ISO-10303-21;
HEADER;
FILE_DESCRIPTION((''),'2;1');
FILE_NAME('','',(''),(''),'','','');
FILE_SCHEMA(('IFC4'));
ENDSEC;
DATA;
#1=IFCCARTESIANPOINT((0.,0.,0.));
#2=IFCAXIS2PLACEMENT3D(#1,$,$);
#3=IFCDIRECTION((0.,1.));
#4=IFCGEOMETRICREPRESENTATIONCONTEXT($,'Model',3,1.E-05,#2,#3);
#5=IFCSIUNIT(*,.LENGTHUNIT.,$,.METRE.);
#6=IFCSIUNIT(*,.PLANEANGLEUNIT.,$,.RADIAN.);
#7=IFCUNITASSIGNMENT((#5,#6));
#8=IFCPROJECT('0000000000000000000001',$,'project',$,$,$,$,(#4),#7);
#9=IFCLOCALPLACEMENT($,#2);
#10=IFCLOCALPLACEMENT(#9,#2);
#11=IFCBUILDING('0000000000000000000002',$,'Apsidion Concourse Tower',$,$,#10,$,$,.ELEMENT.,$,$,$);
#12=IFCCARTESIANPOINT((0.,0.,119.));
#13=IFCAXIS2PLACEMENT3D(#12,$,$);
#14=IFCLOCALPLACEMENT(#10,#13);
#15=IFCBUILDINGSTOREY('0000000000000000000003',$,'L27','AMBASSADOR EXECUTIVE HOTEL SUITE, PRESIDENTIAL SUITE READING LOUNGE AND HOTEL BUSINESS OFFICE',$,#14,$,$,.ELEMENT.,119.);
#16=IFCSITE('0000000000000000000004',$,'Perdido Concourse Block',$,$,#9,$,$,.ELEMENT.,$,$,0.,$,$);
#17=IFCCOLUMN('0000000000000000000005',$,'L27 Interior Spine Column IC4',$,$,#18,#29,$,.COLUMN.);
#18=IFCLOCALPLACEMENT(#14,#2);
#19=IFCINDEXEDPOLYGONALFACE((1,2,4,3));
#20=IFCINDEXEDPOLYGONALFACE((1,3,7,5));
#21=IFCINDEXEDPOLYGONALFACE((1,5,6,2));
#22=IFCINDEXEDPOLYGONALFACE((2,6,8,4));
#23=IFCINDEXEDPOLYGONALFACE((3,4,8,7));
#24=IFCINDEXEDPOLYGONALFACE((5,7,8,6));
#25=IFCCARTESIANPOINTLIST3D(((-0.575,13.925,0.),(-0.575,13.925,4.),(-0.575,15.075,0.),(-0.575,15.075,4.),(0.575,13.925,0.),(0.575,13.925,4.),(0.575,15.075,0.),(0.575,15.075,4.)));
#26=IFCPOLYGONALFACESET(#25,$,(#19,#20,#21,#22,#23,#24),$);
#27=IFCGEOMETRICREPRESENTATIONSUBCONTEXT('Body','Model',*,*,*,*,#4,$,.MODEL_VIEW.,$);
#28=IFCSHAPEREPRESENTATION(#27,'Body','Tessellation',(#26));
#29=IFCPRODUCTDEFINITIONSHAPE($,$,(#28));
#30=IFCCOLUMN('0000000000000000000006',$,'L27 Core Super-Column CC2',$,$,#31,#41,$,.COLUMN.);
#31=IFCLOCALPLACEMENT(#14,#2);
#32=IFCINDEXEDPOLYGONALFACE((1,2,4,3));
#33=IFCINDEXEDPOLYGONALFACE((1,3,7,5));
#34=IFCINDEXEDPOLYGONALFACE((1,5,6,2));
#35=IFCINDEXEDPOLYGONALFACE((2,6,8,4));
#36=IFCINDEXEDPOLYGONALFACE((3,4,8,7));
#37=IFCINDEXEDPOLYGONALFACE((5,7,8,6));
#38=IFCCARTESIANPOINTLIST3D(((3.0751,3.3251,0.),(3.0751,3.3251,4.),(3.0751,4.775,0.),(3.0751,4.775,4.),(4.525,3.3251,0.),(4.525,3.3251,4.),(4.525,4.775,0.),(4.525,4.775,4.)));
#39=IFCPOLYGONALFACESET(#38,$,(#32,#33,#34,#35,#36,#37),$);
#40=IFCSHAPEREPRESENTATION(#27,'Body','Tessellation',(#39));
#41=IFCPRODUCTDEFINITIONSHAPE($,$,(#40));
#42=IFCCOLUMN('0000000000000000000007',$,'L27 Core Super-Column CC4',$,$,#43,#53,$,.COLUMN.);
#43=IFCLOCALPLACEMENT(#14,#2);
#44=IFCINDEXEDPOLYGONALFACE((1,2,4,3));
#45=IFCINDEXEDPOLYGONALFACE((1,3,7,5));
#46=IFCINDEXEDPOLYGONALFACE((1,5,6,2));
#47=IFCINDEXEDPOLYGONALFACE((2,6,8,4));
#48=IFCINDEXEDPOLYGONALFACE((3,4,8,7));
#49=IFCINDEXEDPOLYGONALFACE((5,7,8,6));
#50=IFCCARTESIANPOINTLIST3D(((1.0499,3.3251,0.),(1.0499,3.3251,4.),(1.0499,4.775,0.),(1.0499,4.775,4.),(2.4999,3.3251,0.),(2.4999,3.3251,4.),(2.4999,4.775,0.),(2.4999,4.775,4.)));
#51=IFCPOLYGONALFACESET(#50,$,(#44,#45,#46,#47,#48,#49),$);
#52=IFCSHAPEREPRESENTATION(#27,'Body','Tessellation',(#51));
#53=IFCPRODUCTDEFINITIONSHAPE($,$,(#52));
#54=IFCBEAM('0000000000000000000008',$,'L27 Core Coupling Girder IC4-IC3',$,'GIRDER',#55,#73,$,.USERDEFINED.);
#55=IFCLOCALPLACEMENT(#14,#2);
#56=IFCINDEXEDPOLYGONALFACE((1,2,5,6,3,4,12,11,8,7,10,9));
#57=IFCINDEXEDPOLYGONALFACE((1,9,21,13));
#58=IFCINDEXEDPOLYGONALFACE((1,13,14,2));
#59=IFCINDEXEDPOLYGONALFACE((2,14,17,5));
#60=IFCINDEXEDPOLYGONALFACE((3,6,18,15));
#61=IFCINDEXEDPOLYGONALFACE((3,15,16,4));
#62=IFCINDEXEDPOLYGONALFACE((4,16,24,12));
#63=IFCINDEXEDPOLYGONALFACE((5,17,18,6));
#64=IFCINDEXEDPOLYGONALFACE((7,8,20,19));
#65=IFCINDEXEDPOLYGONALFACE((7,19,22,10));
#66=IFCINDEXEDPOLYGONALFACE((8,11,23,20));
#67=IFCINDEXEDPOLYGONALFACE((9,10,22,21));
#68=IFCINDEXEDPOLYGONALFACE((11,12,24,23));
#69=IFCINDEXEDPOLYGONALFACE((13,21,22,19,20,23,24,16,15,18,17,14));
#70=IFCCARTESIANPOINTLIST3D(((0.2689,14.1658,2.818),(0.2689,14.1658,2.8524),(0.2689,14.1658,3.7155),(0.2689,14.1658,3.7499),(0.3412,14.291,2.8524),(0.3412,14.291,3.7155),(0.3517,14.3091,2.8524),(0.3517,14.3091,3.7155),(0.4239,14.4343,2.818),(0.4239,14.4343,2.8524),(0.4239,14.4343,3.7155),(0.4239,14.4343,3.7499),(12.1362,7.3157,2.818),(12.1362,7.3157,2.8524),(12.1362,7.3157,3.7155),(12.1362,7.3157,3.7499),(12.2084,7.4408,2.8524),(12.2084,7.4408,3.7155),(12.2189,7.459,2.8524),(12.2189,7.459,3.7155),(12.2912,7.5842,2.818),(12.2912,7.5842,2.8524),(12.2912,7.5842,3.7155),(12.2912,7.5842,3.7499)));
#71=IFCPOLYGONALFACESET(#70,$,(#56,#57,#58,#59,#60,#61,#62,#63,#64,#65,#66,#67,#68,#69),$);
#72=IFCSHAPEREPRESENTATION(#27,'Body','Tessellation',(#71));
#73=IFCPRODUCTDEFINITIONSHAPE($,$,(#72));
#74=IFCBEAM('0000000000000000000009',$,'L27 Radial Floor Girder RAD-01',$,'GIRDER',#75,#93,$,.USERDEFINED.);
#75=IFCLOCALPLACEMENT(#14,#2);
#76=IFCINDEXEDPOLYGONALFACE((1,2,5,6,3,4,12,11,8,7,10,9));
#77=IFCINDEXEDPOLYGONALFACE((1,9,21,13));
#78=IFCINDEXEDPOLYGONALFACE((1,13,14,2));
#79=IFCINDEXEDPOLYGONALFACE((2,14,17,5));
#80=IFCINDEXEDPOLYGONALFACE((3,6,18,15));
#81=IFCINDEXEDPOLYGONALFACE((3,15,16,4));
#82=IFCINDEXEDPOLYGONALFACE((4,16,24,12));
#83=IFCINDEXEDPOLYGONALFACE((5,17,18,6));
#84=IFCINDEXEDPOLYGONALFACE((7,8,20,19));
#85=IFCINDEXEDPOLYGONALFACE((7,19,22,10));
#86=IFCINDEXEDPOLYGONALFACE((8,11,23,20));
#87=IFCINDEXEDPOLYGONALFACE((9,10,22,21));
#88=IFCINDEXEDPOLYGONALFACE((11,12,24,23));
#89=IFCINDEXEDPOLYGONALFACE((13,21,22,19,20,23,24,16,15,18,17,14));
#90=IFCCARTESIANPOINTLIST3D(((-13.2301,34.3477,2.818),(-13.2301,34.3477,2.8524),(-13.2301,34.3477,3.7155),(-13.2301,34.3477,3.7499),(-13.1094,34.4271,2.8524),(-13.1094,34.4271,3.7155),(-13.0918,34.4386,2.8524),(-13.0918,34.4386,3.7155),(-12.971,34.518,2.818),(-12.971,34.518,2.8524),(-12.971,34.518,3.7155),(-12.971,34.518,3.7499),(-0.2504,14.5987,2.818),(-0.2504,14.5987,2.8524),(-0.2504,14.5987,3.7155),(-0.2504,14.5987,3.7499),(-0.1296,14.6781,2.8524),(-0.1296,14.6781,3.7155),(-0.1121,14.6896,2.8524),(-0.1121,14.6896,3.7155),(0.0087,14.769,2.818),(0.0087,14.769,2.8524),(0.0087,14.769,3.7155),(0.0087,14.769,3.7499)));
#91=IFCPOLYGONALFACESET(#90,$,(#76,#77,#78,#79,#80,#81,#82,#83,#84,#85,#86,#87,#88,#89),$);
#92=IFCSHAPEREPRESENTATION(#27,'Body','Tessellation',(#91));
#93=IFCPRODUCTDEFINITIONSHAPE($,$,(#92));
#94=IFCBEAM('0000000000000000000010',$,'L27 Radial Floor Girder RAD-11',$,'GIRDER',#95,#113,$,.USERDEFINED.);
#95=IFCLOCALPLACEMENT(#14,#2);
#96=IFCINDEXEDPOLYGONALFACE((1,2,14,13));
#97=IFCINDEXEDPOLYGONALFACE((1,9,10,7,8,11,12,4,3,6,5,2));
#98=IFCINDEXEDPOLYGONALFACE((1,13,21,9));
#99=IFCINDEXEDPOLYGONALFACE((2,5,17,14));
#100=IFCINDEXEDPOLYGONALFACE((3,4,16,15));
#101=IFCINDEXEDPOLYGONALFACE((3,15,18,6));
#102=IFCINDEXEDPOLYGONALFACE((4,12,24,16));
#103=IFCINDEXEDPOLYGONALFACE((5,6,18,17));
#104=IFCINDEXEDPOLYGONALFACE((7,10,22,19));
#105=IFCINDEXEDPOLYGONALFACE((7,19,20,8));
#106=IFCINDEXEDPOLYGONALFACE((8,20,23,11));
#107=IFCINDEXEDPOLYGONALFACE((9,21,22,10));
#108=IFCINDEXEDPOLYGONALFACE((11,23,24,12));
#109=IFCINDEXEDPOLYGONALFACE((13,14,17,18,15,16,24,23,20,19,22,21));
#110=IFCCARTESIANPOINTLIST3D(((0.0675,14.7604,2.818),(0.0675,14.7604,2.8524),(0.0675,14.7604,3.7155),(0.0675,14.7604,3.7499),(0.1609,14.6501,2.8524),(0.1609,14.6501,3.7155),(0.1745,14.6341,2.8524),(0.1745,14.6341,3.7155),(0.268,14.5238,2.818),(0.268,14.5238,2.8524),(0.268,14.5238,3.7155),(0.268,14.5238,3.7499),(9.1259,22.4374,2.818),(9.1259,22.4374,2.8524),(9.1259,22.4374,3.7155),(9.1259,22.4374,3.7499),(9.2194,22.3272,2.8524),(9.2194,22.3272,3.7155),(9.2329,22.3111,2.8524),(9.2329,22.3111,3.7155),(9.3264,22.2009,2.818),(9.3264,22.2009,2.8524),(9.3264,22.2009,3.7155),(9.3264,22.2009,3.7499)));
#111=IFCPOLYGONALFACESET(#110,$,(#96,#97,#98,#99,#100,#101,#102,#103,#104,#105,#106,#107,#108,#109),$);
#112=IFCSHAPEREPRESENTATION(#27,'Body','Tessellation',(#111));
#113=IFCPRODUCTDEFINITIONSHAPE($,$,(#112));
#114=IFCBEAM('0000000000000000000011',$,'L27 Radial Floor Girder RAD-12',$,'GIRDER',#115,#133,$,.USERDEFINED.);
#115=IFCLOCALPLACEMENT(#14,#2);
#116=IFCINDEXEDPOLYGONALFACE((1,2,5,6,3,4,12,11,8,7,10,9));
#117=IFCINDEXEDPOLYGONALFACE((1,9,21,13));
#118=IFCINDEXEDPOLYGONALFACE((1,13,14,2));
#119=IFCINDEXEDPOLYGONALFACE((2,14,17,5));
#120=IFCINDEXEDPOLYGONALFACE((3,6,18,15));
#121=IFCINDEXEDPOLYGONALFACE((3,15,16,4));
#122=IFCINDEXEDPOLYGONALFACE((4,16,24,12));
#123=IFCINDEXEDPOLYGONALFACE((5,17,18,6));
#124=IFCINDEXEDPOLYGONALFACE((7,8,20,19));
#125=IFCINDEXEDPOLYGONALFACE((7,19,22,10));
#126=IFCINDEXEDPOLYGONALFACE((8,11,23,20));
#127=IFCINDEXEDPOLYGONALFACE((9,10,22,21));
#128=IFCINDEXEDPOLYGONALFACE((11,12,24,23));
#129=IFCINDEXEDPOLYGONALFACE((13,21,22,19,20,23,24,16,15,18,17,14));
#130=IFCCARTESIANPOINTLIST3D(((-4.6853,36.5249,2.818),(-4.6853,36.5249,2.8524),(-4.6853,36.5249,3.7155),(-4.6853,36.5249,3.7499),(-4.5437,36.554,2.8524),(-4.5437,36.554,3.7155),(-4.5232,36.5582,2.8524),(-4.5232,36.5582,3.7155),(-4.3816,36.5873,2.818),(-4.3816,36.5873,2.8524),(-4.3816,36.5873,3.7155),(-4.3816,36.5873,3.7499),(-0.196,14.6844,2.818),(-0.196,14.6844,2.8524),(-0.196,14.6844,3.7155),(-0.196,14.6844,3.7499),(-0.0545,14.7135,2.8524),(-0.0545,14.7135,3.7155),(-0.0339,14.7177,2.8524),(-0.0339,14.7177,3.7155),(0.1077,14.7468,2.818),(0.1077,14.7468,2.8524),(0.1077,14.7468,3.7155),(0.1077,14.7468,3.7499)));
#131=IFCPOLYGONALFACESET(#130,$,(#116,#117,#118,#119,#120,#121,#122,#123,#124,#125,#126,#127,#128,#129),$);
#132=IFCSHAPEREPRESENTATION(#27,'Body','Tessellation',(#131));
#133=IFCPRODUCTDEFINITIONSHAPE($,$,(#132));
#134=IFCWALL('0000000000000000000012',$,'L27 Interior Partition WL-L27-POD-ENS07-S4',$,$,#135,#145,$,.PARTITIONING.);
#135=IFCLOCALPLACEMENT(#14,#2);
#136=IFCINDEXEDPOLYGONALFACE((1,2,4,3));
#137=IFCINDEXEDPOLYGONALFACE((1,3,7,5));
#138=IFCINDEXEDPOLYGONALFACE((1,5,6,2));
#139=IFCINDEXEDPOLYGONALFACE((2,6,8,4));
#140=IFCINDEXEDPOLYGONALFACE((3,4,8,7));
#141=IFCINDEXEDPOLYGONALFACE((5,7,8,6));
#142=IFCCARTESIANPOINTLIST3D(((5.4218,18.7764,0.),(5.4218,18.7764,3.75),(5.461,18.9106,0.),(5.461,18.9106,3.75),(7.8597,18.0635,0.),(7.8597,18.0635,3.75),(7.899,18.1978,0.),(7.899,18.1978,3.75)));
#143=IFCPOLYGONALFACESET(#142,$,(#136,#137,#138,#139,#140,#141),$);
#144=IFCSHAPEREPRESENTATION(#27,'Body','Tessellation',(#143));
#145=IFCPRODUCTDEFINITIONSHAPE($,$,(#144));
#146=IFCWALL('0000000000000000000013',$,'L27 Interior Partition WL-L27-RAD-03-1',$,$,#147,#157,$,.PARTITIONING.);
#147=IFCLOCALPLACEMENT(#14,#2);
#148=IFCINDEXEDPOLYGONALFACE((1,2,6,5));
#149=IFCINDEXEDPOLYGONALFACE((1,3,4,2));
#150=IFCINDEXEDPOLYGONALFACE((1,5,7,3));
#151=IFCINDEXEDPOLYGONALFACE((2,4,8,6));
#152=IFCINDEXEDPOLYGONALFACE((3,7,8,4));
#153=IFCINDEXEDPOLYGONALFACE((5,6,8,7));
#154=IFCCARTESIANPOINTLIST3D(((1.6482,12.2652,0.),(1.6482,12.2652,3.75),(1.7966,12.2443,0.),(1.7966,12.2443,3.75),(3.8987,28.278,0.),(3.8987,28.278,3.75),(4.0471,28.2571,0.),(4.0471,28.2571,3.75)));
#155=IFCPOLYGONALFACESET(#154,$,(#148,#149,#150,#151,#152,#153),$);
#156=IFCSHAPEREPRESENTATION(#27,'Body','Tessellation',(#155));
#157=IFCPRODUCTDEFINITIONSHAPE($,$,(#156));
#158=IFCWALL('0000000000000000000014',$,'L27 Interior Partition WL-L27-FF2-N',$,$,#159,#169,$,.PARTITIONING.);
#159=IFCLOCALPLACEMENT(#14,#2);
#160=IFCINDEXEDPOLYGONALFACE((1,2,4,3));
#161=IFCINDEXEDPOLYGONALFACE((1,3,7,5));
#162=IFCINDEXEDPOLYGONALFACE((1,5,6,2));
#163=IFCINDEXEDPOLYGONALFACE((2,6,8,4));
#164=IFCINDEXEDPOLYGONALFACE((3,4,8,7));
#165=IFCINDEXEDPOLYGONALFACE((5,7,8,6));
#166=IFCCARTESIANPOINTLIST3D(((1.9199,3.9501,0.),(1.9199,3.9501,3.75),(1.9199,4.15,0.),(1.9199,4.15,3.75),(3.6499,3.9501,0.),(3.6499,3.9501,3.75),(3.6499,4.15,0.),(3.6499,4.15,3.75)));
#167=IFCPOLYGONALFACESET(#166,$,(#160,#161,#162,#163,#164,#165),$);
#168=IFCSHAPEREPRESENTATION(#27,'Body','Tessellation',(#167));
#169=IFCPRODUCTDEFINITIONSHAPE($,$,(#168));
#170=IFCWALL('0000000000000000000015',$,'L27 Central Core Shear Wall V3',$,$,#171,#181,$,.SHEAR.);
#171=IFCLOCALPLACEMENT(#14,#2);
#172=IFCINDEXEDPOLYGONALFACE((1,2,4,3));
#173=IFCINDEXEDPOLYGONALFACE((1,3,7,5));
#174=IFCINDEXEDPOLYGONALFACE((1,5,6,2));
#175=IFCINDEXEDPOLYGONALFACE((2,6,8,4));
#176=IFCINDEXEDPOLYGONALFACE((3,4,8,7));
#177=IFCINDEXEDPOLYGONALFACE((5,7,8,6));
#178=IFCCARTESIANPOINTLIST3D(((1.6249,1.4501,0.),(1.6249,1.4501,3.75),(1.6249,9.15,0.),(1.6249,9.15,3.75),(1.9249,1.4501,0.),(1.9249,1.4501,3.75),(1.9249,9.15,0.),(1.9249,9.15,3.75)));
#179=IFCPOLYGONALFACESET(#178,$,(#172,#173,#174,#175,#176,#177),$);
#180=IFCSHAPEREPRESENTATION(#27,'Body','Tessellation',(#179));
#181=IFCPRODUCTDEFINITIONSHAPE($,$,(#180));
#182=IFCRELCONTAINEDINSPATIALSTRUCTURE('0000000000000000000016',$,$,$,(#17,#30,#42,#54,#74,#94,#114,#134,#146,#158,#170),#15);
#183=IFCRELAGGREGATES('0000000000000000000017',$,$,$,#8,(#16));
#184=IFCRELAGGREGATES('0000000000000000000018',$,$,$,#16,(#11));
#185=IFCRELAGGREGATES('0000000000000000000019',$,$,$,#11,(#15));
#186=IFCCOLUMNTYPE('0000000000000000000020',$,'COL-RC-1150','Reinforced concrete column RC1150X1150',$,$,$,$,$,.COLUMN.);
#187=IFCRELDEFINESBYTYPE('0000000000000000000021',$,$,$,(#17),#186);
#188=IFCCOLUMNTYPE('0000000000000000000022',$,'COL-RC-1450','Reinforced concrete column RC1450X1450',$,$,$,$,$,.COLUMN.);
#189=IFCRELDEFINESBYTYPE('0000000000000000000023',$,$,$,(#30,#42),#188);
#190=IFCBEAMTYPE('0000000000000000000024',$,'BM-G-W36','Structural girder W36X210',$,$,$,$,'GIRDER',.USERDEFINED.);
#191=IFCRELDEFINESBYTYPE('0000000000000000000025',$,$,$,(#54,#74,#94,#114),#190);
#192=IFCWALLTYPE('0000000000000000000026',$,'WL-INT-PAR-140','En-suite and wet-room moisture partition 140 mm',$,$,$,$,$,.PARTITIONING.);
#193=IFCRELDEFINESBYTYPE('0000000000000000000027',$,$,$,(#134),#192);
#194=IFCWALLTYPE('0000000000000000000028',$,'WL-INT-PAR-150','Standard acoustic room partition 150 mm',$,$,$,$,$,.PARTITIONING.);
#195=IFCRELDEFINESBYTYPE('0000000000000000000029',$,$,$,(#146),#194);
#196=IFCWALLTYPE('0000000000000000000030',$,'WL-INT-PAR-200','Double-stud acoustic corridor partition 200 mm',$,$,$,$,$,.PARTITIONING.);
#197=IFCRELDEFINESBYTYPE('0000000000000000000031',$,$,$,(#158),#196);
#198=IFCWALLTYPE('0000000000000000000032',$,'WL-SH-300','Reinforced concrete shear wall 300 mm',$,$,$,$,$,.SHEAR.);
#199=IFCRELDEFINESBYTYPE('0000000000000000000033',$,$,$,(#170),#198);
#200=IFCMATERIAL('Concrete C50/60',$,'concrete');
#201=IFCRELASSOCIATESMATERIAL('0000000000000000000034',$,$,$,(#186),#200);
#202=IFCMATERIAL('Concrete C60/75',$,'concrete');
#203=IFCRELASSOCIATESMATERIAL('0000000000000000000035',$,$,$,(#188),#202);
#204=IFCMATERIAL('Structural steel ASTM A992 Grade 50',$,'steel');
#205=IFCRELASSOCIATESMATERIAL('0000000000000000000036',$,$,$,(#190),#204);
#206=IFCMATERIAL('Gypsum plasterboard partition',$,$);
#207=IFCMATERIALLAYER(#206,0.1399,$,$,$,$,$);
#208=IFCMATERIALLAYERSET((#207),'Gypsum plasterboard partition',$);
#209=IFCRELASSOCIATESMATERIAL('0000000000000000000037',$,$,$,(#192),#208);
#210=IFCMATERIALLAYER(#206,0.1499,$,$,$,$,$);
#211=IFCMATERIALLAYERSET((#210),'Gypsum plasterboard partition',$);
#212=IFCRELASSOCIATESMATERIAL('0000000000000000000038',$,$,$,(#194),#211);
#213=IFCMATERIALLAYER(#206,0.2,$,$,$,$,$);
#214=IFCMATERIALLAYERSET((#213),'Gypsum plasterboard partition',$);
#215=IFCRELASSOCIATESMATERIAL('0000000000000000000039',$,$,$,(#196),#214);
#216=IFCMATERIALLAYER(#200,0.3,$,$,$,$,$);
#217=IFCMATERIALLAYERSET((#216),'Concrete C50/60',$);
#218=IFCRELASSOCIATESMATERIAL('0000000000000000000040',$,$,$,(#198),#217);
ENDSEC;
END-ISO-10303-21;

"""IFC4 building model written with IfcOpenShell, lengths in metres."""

from ifc_helpers import new_model, si_unit, direction, frame, frame_2d, origin, origin_2d, place, context, subcontext, project, spatial, rectangle, i_section, extrude, material, layer, layer_set, material_profile, profile_set, type_object, element, save


model = new_model("IFC4")

# Units and contexts
model_context = context("Model", 3, precision=1e-05, world=origin(), true_north=direction((0.0, 1.0)))
body_context = subcontext(model_context, "Body", "Model", "MODEL_VIEW")
ifc_project = project(units=[si_unit("LENGTHUNIT", "METRE"), si_unit("PLANEANGLEUNIT", "RADIAN")], contexts=[model_context])

# Site, building, storey
site_placement = place(None, origin())
site = spatial("IfcSite", under=ifc_project, at=site_placement, Name="Perdido Concourse Block", CompositionType="ELEMENT", RefElevation=0.0)
building_placement = place(site_placement, origin())
building = spatial("IfcBuilding", under=site, at=building_placement, Name="Apsidion Concourse Tower", CompositionType="ELEMENT")
storey_placement = place(building_placement, frame((0.0, 0.0, 119.0)))
storey = spatial("IfcBuildingStorey", under=building, at=storey_placement, Name="L27", Description="AMBASSADOR EXECUTIVE HOTEL SUITE, PRESIDENTIAL SUITE READING LOUNGE AND HOTEL BUSINESS OFFICE", CompositionType="ELEMENT", Elevation=119.0)

# Columns
ifc_material_1 = material(Name="Concrete C50/60", Category="concrete")
ifc_material_profile_1 = material_profile(ifc_material_1, rectangle(XDim=1.1499, YDim=1.1499, at=origin_2d()), Name="RC 1150x1150")
ifc_profile_set_1 = profile_set([ifc_material_profile_1], Name="Concrete C50/60")
column_type_1 = type_object("IfcColumnType", Name="COL-RC-1150", Description="Reinforced concrete column RC1150X1150", PredefinedType="COLUMN", material=ifc_profile_set_1)
column_placement = place(storey_placement, frame((0.0, 14.5, 0.0), z_axis=(0.0, 0.0, 1.0), x_axis=(1.0, 0.0, 0.0)))
element("IfcColumn", 1, at=column_placement, inside=storey, type_object=column_type_1, Name="L27 Interior Spine Column IC4", PredefinedType="COLUMN", context=body_context, shape_type="SweptSolid", body=[
    extrude(rectangle(XDim=1.1499, YDim=1.1499, at=origin_2d()), origin(), (0.0, 0.0, 1.0), 4.0),
])
ifc_material_2 = material(Name="Concrete C60/75", Category="concrete")
ifc_material_profile_2 = material_profile(ifc_material_2, rectangle(XDim=1.45, YDim=1.45, at=origin_2d()), Name="RC 1450x1450")
ifc_profile_set_2 = profile_set([ifc_material_profile_2], Name="Concrete C60/75")
column_type_2 = type_object("IfcColumnType", Name="COL-RC-1450", Description="Reinforced concrete column RC1450X1450", PredefinedType="COLUMN", material=ifc_profile_set_2)
for number, where, z_axis, x_axis, name in (
    (2, (3.8, 4.05, 0.0), (0.0, 0.0, 1.0), (1.0, 0.0, 0.0), "L27 Core Super-Column CC2"),
    (3, (1.7749, 4.05, 0.0), (0.0, 0.0, 1.0), (1.0, 0.0, 0.0), "L27 Core Super-Column CC4"),
):
    element("IfcColumn", number, at=place(storey_placement, frame(where, z_axis=z_axis, x_axis=x_axis)), inside=storey, type_object=column_type_2, Name=name, PredefinedType="COLUMN", context=body_context, shape_type="SweptSolid", body=[
        extrude(rectangle(XDim=1.45, YDim=1.45, at=origin_2d()), origin(), (0.0, 0.0, 1.0), 4.0),
    ])

# Beams
ifc_material_3 = material(Name="Structural steel ASTM A992 Grade 50", Category="steel")
ifc_material_profile_3 = material_profile(ifc_material_3, i_section(OverallWidth=0.3101, OverallDepth=0.9319, WebThickness=0.021, FlangeThickness=0.0344, at=origin_2d()), Name="W36X210")
ifc_profile_set_3 = profile_set([ifc_material_profile_3], Name="Structural steel ASTM A992 Grade 50")
beam_type = type_object("IfcBeamType", Name="BM-G-W36", Description="Structural girder W36X210", ElementType="GIRDER", PredefinedType="USERDEFINED", material=ifc_profile_set_3)
beam_1_placement = place(storey_placement, frame((0.3464, 14.3, 3.2839), z_axis=(0.86607, -0.499922, 0.0), x_axis=(0.499922, 0.86607, 0.0)))
element("IfcBeam", 4, at=beam_1_placement, inside=storey, type_object=beam_type, Name="L27 Core Coupling Girder IC4-IC3", ObjectType="GIRDER", PredefinedType="USERDEFINED", context=body_context, shape_type="SweptSolid", body=[
    extrude(i_section(OverallWidth=0.3101, OverallDepth=0.9319, WebThickness=0.021, FlangeThickness=0.0344, at=origin_2d()), origin(), (0.0, 0.0, 1.0), 13.7024),
])
beam_2_placement = place(storey_placement, frame((-0.1208, 14.6838, 3.2839), z_axis=(-0.549231, 0.83567, 0.0), x_axis=(-0.83567, -0.549231, 0.0)))
element("IfcBeam", 5, at=beam_2_placement, inside=storey, type_object=beam_type, Name="L27 Radial Floor Girder RAD-01", ObjectType="GIRDER", PredefinedType="USERDEFINED", context=body_context, shape_type="SweptSolid", body=[
    extrude(i_section(OverallWidth=0.3101, OverallDepth=0.9319, WebThickness=0.021, FlangeThickness=0.0344, at=origin_2d()), origin(), (0.0, 0.0, 1.0), 23.6326),
])
beam_3_placement = place(storey_placement, frame((0.1677, 14.6421, 3.2839), z_axis=(0.762878, 0.646543, 0.0), x_axis=(-0.646543, 0.762878, 0.0)))
element("IfcBeam", 6, at=beam_3_placement, inside=storey, type_object=beam_type, Name="L27 Radial Floor Girder RAD-11", ObjectType="GIRDER", PredefinedType="USERDEFINED", context=body_context, shape_type="SweptSolid", body=[
    extrude(i_section(OverallWidth=0.3101, OverallDepth=0.9319, WebThickness=0.021, FlangeThickness=0.0344, at=origin_2d()), origin(), (0.0, 0.0, 1.0), 11.874),
])
beam_4_placement = place(storey_placement, frame((-0.0442, 14.7156, 3.2839), z_axis=(-0.201337, 0.979522, 0.0), x_axis=(-0.979522, -0.201337, 0.0)))
element("IfcBeam", 7, at=beam_4_placement, inside=storey, type_object=beam_type, Name="L27 Radial Floor Girder RAD-12", ObjectType="GIRDER", PredefinedType="USERDEFINED", context=body_context, shape_type="SweptSolid", body=[
    extrude(i_section(OverallWidth=0.3101, OverallDepth=0.9319, WebThickness=0.021, FlangeThickness=0.0344, at=origin_2d()), origin(), (0.0, 0.0, 1.0), 22.2971),
])

# Walls
ifc_material_4 = material(Name="Gypsum plasterboard partition")
ifc_layer_1 = layer(ifc_material_4, 0.1399)
ifc_layer_set_1 = layer_set([ifc_layer_1], Name="Gypsum plasterboard partition")
wall_type_1 = type_object("IfcWallType", Name="WL-INT-PAR-140", Description="En-suite and wet-room moisture partition 140 mm", PredefinedType="PARTITIONING", material=ifc_layer_set_1)
wall_1_placement = place(storey_placement, frame((5.4414, 18.8435, 0.0), z_axis=(0.0, 0.0, 1.0), x_axis=(0.959808, -0.280657, 0.0)))
element("IfcWall", 8, at=wall_1_placement, inside=storey, type_object=wall_type_1, Name="L27 Interior Partition WL-L27-POD-ENS07-S4", PredefinedType="PARTITIONING", context=body_context, shape_type="SweptSolid", body=[
    extrude(rectangle(XDim=2.54, YDim=0.1399, at=frame_2d((1.27, 0.0))), origin(), (0.0, 0.0, 1.0), 3.75),
])
ifc_layer_2 = layer(ifc_material_4, 0.1499)
ifc_layer_set_2 = layer_set([ifc_layer_2], Name="Gypsum plasterboard partition")
wall_type_2 = type_object("IfcWallType", Name="WL-INT-PAR-150", Description="Standard acoustic room partition 150 mm", PredefinedType="PARTITIONING", material=ifc_layer_set_2)
wall_2_placement = place(storey_placement, frame((1.7224, 12.2549, 0.0), z_axis=(0.0, 0.0, 1.0), x_axis=(0.139176, 0.990268, 0.0)))
element("IfcWall", 9, at=wall_2_placement, inside=storey, type_object=wall_type_2, Name="L27 Interior Partition WL-L27-RAD-03-1", PredefinedType="PARTITIONING", context=body_context, shape_type="SweptSolid", body=[
    extrude(rectangle(XDim=16.1702, YDim=0.1499, at=frame_2d((8.085, 0.0))), origin(), (0.0, 0.0, 1.0), 3.75),
])
ifc_layer_3 = layer(ifc_material_4, 0.2)
ifc_layer_set_3 = layer_set([ifc_layer_3], Name="Gypsum plasterboard partition")
wall_type_3 = type_object("IfcWallType", Name="WL-INT-PAR-200", Description="Double-stud acoustic corridor partition 200 mm", PredefinedType="PARTITIONING", material=ifc_layer_set_3)
wall_3_placement = place(storey_placement, frame((1.9199, 4.05, 0.0), z_axis=(0.0, 0.0, 1.0), x_axis=(1.0, 0.0, 0.0)))
element("IfcWall", 10, at=wall_3_placement, inside=storey, type_object=wall_type_3, Name="L27 Interior Partition WL-L27-FF2-N", PredefinedType="PARTITIONING", context=body_context, shape_type="SweptSolid", body=[
    extrude(rectangle(XDim=1.73, YDim=0.2, at=frame_2d((0.865, 0.0))), origin(), (0.0, 0.0, 1.0), 3.75),
])
ifc_layer_4 = layer(ifc_material_1, 0.3)
ifc_layer_set_4 = layer_set([ifc_layer_4], Name="Concrete C50/60")
wall_type_4 = type_object("IfcWallType", Name="WL-SH-300", Description="Reinforced concrete shear wall 300 mm", PredefinedType="SHEAR", material=ifc_layer_set_4)
for number, where, z_axis, x_axis, name in (
    (11, (1.7749, 1.45, 0.0), (0.0, 0.0, 1.0), (0.0, 1.0, 0.0), "L27 Central Core Shear Wall V3"),
):
    element("IfcWall", number, at=place(storey_placement, frame(where, z_axis=z_axis, x_axis=x_axis)), inside=storey, type_object=wall_type_4, Name=name, PredefinedType="SHEAR", context=body_context, shape_type="SweptSolid", body=[
        extrude(rectangle(XDim=7.7, YDim=0.3, at=frame_2d((3.8501, 0.0))), origin(), (0.0, 0.0, 1.0), 3.75),
    ])

save(model, "model.ifc")
